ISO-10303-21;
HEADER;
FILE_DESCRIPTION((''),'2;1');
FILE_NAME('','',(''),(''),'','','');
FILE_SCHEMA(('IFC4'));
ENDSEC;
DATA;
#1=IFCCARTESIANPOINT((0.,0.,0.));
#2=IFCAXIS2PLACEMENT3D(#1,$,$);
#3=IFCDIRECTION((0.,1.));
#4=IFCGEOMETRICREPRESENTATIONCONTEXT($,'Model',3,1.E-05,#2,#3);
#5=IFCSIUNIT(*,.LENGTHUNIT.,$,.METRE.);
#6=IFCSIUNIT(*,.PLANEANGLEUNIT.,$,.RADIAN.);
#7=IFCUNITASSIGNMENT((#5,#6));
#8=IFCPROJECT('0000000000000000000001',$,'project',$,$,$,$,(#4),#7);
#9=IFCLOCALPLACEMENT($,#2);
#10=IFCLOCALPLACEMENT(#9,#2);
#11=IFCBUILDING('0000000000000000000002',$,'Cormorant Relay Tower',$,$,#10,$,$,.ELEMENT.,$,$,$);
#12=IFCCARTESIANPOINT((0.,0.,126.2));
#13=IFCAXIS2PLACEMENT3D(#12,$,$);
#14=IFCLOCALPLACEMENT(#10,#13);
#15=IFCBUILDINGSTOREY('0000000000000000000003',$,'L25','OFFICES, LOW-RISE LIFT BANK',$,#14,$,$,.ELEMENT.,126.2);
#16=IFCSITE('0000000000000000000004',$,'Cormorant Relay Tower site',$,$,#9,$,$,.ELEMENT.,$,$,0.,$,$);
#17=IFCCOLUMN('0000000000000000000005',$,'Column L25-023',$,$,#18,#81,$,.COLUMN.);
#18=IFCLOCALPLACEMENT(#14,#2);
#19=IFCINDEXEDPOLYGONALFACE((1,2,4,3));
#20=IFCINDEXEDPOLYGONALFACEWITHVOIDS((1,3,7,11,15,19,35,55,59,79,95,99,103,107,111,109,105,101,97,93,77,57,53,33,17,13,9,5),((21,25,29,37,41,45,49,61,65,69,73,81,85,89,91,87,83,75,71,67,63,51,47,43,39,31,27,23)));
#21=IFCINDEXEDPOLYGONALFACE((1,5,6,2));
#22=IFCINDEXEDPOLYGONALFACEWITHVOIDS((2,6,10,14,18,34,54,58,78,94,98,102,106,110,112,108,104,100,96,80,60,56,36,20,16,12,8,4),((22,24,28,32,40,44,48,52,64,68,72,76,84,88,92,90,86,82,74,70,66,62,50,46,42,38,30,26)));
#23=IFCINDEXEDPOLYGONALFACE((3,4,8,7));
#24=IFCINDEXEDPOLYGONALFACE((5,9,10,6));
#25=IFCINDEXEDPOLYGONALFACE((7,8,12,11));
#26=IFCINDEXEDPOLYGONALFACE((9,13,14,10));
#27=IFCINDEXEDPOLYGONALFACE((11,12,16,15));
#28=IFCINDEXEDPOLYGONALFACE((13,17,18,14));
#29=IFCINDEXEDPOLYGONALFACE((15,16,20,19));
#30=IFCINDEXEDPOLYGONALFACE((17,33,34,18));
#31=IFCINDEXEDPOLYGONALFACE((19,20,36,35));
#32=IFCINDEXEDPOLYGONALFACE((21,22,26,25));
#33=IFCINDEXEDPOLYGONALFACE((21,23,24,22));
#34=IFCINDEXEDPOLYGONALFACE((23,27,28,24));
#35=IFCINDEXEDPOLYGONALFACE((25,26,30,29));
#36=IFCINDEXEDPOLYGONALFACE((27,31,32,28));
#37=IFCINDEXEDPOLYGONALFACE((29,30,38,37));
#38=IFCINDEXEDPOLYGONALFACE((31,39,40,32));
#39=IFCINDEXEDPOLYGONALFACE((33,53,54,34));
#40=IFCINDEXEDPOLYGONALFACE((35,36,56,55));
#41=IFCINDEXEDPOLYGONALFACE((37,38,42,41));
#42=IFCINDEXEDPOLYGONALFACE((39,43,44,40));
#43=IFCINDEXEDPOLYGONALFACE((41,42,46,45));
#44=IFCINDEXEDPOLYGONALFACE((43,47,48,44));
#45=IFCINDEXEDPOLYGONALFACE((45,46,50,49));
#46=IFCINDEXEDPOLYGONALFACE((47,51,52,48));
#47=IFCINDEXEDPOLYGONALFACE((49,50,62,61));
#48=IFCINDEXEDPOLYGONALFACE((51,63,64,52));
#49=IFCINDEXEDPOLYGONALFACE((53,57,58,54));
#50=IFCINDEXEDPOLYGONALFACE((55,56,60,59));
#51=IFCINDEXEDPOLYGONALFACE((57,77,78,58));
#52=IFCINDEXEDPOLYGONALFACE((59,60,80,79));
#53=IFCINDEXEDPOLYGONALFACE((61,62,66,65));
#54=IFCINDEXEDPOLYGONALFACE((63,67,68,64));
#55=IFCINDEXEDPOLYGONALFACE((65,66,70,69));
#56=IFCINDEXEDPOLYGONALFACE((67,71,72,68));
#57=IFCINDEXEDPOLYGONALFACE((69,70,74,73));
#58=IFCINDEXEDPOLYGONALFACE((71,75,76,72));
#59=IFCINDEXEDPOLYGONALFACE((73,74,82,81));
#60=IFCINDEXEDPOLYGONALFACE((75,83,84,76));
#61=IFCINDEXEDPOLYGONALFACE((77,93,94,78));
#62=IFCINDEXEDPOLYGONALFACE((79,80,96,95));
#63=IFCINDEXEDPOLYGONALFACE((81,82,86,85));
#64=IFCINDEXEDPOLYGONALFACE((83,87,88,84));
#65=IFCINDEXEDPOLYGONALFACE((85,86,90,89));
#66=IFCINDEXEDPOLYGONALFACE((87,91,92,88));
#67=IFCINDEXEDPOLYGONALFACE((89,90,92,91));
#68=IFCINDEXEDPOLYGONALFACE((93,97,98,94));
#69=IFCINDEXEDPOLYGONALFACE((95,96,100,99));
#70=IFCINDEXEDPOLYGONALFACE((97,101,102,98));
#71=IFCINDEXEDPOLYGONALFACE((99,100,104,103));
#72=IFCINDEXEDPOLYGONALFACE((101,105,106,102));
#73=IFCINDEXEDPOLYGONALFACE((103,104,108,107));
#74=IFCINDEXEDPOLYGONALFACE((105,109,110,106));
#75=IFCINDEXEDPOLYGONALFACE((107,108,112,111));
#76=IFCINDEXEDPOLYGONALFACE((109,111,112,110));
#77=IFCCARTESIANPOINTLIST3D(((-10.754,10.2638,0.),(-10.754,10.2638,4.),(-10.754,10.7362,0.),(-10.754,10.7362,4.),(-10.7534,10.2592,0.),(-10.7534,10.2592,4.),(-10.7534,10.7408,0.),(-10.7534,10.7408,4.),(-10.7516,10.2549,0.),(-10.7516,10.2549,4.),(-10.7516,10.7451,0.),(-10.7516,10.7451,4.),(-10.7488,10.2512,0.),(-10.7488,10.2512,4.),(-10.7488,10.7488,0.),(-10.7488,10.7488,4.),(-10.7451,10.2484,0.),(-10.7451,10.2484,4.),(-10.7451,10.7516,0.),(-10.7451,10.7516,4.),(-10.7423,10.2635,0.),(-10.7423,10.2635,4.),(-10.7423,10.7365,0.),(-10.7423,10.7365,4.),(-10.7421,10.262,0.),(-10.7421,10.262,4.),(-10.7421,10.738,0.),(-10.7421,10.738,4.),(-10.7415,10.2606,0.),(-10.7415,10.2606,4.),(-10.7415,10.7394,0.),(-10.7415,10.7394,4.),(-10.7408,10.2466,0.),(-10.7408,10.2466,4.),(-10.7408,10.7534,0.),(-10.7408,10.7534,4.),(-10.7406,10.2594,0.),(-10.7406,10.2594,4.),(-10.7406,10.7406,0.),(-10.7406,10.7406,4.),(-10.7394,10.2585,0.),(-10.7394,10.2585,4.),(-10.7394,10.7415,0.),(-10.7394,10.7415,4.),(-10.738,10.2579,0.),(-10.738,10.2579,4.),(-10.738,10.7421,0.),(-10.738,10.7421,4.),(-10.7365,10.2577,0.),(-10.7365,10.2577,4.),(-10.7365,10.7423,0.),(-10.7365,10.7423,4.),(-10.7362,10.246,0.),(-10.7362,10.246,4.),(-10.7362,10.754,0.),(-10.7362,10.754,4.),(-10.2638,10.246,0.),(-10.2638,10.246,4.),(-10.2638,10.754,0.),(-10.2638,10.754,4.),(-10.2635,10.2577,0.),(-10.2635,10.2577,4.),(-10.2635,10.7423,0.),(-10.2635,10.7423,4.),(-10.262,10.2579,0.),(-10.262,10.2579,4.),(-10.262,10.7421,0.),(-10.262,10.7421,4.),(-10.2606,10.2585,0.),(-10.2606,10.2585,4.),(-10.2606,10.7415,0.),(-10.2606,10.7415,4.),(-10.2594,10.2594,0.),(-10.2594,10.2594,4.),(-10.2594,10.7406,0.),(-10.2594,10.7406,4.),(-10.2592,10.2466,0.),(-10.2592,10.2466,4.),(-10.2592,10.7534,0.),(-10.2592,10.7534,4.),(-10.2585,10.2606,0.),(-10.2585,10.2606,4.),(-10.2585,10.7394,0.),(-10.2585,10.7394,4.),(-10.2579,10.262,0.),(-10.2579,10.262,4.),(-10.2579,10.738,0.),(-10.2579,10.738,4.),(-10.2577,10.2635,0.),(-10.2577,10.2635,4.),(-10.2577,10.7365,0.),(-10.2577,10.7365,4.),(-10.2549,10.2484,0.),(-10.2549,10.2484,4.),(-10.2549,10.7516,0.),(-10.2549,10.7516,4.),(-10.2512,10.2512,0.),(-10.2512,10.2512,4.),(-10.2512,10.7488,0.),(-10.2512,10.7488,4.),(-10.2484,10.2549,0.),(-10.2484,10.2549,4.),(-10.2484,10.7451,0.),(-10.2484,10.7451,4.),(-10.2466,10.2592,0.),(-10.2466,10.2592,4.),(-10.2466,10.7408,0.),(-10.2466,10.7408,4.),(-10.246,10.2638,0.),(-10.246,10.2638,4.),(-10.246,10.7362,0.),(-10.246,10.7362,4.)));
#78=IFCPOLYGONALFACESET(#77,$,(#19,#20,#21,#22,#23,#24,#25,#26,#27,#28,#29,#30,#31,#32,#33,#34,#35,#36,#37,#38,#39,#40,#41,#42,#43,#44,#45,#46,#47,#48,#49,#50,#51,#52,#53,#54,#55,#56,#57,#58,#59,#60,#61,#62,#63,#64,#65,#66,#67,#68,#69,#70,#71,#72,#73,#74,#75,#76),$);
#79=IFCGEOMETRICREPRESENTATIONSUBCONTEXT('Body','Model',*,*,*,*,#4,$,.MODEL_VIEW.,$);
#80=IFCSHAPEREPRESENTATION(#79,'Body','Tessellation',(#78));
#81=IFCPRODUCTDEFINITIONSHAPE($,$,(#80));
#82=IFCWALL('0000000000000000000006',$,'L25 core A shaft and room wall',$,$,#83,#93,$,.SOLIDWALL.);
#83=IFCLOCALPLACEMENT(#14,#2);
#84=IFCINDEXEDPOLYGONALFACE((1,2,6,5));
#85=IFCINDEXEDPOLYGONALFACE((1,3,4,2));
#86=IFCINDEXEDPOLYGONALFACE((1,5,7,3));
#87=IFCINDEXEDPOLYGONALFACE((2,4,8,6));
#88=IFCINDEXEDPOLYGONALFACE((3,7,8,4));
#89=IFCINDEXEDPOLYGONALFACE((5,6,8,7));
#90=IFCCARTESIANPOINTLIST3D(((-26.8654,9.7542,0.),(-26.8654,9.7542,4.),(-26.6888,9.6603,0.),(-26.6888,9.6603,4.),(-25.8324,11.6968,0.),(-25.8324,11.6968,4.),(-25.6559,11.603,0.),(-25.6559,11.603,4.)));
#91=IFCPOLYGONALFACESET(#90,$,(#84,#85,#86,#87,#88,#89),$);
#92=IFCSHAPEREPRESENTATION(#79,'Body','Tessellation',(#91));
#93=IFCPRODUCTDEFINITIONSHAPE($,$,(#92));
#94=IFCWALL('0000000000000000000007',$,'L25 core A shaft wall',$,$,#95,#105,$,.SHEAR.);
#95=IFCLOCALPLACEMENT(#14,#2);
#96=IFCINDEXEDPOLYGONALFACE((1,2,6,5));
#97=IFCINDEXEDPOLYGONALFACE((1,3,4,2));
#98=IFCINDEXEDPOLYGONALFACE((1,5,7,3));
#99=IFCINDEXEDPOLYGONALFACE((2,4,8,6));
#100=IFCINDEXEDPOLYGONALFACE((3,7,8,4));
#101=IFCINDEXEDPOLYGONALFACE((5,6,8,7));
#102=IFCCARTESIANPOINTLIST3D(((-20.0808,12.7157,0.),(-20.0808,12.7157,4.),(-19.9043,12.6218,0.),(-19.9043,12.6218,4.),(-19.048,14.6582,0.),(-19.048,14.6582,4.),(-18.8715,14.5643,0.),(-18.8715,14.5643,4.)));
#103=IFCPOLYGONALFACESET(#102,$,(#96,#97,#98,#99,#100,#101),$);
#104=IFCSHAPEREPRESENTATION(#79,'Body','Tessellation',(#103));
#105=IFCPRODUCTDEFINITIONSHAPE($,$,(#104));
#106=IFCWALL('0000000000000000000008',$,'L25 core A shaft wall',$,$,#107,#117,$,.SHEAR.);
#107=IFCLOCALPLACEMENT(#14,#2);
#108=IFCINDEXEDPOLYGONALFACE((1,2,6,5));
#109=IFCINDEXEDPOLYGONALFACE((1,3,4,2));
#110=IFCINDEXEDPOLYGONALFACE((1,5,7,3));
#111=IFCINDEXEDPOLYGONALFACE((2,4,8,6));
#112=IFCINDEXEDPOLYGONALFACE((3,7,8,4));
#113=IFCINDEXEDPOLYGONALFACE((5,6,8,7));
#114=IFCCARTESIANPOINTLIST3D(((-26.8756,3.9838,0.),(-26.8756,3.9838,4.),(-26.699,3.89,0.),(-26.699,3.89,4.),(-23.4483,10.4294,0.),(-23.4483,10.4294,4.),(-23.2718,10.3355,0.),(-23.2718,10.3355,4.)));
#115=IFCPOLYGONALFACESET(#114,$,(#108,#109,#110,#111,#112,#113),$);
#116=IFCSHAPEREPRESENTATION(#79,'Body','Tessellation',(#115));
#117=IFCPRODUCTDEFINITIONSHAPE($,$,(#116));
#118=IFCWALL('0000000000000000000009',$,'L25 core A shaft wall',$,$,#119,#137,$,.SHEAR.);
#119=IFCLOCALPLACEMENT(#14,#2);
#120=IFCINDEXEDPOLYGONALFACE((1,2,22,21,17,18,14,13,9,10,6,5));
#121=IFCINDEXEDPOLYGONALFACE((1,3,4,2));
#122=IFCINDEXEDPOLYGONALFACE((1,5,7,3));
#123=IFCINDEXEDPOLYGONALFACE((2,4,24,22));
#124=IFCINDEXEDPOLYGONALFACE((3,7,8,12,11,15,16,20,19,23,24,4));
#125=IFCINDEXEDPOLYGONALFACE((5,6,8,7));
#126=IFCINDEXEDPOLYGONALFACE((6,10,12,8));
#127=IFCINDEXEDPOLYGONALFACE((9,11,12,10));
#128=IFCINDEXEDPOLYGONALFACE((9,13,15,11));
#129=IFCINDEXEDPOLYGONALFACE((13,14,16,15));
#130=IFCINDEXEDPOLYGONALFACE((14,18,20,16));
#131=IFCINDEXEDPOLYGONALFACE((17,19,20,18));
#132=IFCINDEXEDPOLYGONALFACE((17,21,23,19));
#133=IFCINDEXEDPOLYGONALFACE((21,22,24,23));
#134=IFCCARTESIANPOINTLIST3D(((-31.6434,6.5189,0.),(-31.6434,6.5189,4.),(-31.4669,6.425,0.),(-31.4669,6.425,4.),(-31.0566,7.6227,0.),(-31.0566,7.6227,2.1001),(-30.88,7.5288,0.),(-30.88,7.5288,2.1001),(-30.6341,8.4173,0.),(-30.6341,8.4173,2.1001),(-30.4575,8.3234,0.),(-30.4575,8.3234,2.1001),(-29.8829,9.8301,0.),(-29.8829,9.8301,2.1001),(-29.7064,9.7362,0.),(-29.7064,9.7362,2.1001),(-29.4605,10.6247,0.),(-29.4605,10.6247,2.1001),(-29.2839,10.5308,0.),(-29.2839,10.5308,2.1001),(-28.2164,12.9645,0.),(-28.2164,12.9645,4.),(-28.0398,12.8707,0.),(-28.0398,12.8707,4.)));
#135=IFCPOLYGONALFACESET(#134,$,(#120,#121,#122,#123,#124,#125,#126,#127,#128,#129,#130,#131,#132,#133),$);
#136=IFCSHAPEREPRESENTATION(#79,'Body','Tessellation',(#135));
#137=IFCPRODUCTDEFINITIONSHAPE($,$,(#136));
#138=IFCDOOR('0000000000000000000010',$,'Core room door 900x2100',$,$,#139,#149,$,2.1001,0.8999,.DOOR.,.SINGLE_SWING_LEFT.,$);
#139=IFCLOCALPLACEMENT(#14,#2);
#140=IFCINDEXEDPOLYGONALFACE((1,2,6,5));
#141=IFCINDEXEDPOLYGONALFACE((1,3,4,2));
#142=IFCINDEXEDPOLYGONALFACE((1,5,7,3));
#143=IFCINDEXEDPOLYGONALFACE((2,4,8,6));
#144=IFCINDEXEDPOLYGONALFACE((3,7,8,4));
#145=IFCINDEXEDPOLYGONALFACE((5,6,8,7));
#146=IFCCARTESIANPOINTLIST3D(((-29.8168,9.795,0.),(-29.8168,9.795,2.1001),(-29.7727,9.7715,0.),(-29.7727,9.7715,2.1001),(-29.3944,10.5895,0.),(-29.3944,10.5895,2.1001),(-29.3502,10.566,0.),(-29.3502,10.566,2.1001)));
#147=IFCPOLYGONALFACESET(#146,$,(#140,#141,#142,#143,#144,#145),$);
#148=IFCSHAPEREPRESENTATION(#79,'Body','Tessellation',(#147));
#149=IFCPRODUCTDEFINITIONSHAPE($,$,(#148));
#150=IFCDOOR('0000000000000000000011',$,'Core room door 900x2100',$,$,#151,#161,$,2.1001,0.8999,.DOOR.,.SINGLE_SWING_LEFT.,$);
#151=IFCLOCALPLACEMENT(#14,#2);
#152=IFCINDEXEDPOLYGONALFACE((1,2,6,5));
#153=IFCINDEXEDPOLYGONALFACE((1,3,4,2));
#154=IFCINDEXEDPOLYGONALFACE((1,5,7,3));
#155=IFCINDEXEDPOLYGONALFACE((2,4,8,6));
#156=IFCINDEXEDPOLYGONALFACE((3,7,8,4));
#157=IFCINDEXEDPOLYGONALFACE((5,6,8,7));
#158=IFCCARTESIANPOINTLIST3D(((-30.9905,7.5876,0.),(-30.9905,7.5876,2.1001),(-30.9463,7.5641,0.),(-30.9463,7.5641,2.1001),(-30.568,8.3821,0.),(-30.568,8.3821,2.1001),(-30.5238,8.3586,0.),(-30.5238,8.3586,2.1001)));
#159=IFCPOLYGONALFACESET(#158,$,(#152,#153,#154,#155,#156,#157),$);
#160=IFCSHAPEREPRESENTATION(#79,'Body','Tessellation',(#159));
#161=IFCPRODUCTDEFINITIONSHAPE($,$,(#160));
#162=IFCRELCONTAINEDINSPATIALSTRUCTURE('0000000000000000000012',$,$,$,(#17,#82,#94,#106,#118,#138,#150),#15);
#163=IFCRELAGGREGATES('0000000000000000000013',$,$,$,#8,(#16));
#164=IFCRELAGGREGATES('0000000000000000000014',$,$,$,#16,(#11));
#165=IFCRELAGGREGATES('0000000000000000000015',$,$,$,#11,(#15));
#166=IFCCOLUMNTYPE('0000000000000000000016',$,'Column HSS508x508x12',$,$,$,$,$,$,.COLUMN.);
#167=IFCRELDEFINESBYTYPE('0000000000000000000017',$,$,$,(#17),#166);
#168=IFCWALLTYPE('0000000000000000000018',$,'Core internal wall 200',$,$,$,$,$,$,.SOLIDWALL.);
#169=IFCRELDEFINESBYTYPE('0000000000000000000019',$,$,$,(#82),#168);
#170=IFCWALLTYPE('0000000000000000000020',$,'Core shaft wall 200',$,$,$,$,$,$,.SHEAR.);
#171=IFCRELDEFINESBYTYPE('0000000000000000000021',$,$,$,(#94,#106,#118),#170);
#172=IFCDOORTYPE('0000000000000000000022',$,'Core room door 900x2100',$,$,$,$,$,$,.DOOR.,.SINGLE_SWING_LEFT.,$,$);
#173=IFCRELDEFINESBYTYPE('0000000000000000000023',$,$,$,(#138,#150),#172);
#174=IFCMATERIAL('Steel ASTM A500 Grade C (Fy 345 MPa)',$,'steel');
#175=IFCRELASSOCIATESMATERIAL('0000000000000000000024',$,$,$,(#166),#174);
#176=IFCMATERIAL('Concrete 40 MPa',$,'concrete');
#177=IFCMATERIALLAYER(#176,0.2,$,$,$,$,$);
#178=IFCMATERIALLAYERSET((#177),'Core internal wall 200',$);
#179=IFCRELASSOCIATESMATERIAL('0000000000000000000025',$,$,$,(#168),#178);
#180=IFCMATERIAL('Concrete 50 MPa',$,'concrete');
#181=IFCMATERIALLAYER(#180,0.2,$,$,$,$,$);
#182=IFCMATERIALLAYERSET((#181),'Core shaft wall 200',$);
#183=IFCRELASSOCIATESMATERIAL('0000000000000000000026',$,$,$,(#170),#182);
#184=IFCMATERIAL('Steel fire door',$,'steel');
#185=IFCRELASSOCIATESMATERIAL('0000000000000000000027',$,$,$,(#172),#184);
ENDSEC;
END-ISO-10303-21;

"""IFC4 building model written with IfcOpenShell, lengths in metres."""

from ifc_helpers import new_model, si_unit, direction, frame, frame_2d, origin, origin_2d, place, context, subcontext, project, spatial, rectangle, hollow_rectangle, extrude, material, layer, layer_set, material_profile, profile_set, type_object, element, fill, save


model = new_model("IFC4")

# Units and contexts
model_context = context("Model", 3, precision=1e-05, world=origin(), true_north=direction((0.0, 1.0)))
body_context = subcontext(model_context, "Body", "Model", "MODEL_VIEW")
ifc_project = project(units=[si_unit("LENGTHUNIT", "METRE"), si_unit("PLANEANGLEUNIT", "RADIAN")], contexts=[model_context])

# Site, building, storey
site_placement = place(None, origin())
site = spatial("IfcSite", under=ifc_project, at=site_placement, Name="Cormorant Relay Tower site", CompositionType="ELEMENT", RefElevation=0.0)
building_placement = place(site_placement, origin())
building = spatial("IfcBuilding", under=site, at=building_placement, Name="Cormorant Relay Tower", CompositionType="ELEMENT")
storey_placement = place(building_placement, frame((0.0, 0.0, 126.2)))
storey = spatial("IfcBuildingStorey", under=building, at=storey_placement, Name="L25", Description="OFFICES, LOW-RISE LIFT BANK", CompositionType="ELEMENT", Elevation=126.2)

# Column
ifc_material_1 = material(Name="Steel ASTM A500 Grade C (Fy 345 MPa)", Category="steel")
ifc_material_profile = material_profile(ifc_material_1, hollow_rectangle(XDim=0.5081, YDim=0.5081, WallThickness=0.0117, InnerFilletRadius=0.0059, OuterFilletRadius=0.0178, at=origin_2d()), Name="HSS508x508x12")
ifc_profile_set = profile_set([ifc_material_profile], Name="Steel ASTM A500 Grade C (Fy 345 MPa)")
column_type = type_object("IfcColumnType", Name="Column HSS508x508x12", PredefinedType="COLUMN", material=ifc_profile_set)
column_placement = place(storey_placement, frame((-10.5, 10.5, 0.0), z_axis=(0.0, 0.0, 1.0), x_axis=(1.0, 0.0, 0.0)))
element("IfcColumn", 1, at=column_placement, inside=storey, type_object=column_type, Name="Column L25-023", PredefinedType="COLUMN", context=body_context, shape_type="SweptSolid", body=[
    extrude(hollow_rectangle(XDim=0.5081, YDim=0.5081, WallThickness=0.0117, InnerFilletRadius=0.0059, OuterFilletRadius=0.0178, at=origin_2d()), origin(), (0.0, 0.0, 1.0), 4.0),
])

# Walls
ifc_material_2 = material(Name="Concrete 40 MPa", Category="concrete")
ifc_layer_1 = layer(ifc_material_2, 0.2)
ifc_layer_set_1 = layer_set([ifc_layer_1], Name="Core internal wall 200")
wall_type_1 = type_object("IfcWallType", Name="Core internal wall 200", PredefinedType="SOLIDWALL", material=ifc_layer_set_1)
wall_1_placement = place(storey_placement, frame((-25.7441, 11.6499, 0.0), z_axis=(0.0, 0.0, 1.0), x_axis=(-0.469488, -0.882939, 0.0)))
element("IfcWall", 2, at=wall_1_placement, inside=storey, type_object=wall_type_1, Name="L25 core A shaft and room wall", PredefinedType="SOLIDWALL", context=body_context, shape_type="SweptSolid", body=[
    extrude(rectangle(XDim=2.2002, YDim=0.2, at=frame_2d((1.1001, 0.0))), origin(), (0.0, 0.0, 1.0), 4.0),
])
ifc_material_3 = material(Name="Concrete 50 MPa", Category="concrete")
ifc_layer_2 = layer(ifc_material_3, 0.2)
ifc_layer_set_2 = layer_set([ifc_layer_2], Name="Core shaft wall 200")
wall_type_2 = type_object("IfcWallType", Name="Core shaft wall 200", PredefinedType="SHEAR", material=ifc_layer_set_2)
wall_2_placement = place(storey_placement, frame((-18.9597, 14.6113, 0.0), z_axis=(0.0, 0.0, 1.0), x_axis=(-0.469447, -0.88296, 0.0)))
element("IfcWall", 3, at=wall_2_placement, inside=storey, type_object=wall_type_2, Name="L25 core A shaft wall", PredefinedType="SHEAR", context=body_context, shape_type="SweptSolid", body=[
    extrude(rectangle(XDim=2.2, YDim=0.2, at=frame_2d((1.1001, 0.0))), origin(), (0.0, 0.0, 1.0), 4.0),
])
wall_3_placement = place(storey_placement, frame((-23.3601, 10.3823, 0.0), z_axis=(0.0, 0.0, 1.0), x_axis=(-0.46948, -0.882943, 0.0)))
element("IfcWall", 4, at=wall_3_placement, inside=storey, type_object=wall_type_2, Name="L25 core A shaft wall", PredefinedType="SHEAR", context=body_context, shape_type="SweptSolid", body=[
    extrude(rectangle(XDim=7.3, YDim=0.2, at=frame_2d((3.6499, 0.0))), origin(), (0.0, 0.0, 1.0), 4.0),
])

# Wall, openings, doors
wall_4_placement = place(storey_placement, frame((-28.1282, 12.9175, 0.0), z_axis=(0.0, 0.0, 1.0), x_axis=(-0.469454, -0.882957, 0.0)))
wall_4 = element("IfcWall", 5, at=wall_4_placement, inside=storey, type_object=wall_type_2, Name="L25 core A shaft wall", PredefinedType="SHEAR", context=body_context, shape_type="SweptSolid", body=[
    extrude(rectangle(XDim=7.3, YDim=0.2, at=frame_2d((3.6499, 0.0))), origin(), (0.0, 0.0, 1.0), 4.0),
])
opening_1_placement = place(wall_4_placement, frame((2.6499, 0.0, 0.0)))
opening_1 = element("IfcOpeningElement", 6, at=opening_1_placement, cuts=wall_4, PredefinedType="OPENING", context=body_context, shape_type="SweptSolid", body=[
    extrude(rectangle(XDim=0.8999, YDim=2.1001, at=frame_2d((0.45, 1.05))), frame((0.0, 0.1099, 0.0), z_axis=(0.0, -1.0, 0.0), x_axis=(1.0, 0.0, 0.0)), (0.0, 0.0, 1.0), 0.22),
])
opening_2_placement = place(wall_4_placement, frame((5.1499, 0.0, 0.0)))
opening_2 = element("IfcOpeningElement", 7, at=opening_2_placement, cuts=wall_4, PredefinedType="OPENING", context=body_context, shape_type="SweptSolid", body=[
    extrude(rectangle(XDim=0.8999, YDim=2.1001, at=frame_2d((0.45, 1.05))), frame((0.0, 0.1099, 0.0), z_axis=(0.0, -1.0, 0.0), x_axis=(1.0, 0.0, 0.0)), (0.0, 0.0, 1.0), 0.22),
])
ifc_material_4 = material(Name="Steel fire door", Category="steel")
door_type_1 = type_object("IfcDoorType", Name="Core room door 900x2100", OperationType="SINGLE_SWING_LEFT", PredefinedType="DOOR", material=ifc_material_4)
door_1_placement = place(opening_1_placement, origin())
door_1 = element("IfcDoor", 8, at=door_1_placement, inside=storey, type_object=door_type_1, Name="Core room door 900x2100", OperationType="SINGLE_SWING_LEFT", OverallHeight=2.1001, OverallWidth=0.8999, PredefinedType="DOOR", context=body_context, shape_type="SweptSolid", body=[
    extrude(rectangle(XDim=0.8999, YDim=2.1001, at=frame_2d((0.45, 1.05))), frame((0.0, 0.0249, 0.0), z_axis=(0.0, -1.0, 0.0), x_axis=(1.0, 0.0, 0.0)), (0.0, 0.0, 1.0), 0.05),
])
fill(opening_1, door_1)
door_2_placement = place(opening_2_placement, origin())
door_2 = element("IfcDoor", 9, at=door_2_placement, inside=storey, type_object=door_type_1, Name="Core room door 900x2100", OperationType="SINGLE_SWING_LEFT", OverallHeight=2.1001, OverallWidth=0.8999, PredefinedType="DOOR", context=body_context, shape_type="SweptSolid", body=[
    extrude(rectangle(XDim=0.8999, YDim=2.1001, at=frame_2d((0.45, 1.05))), frame((0.0, 0.0249, 0.0), z_axis=(0.0, -1.0, 0.0), x_axis=(1.0, 0.0, 0.0)), (0.0, 0.0, 1.0), 0.05),
])
fill(opening_2, door_2)

save(model, "model.ifc")
